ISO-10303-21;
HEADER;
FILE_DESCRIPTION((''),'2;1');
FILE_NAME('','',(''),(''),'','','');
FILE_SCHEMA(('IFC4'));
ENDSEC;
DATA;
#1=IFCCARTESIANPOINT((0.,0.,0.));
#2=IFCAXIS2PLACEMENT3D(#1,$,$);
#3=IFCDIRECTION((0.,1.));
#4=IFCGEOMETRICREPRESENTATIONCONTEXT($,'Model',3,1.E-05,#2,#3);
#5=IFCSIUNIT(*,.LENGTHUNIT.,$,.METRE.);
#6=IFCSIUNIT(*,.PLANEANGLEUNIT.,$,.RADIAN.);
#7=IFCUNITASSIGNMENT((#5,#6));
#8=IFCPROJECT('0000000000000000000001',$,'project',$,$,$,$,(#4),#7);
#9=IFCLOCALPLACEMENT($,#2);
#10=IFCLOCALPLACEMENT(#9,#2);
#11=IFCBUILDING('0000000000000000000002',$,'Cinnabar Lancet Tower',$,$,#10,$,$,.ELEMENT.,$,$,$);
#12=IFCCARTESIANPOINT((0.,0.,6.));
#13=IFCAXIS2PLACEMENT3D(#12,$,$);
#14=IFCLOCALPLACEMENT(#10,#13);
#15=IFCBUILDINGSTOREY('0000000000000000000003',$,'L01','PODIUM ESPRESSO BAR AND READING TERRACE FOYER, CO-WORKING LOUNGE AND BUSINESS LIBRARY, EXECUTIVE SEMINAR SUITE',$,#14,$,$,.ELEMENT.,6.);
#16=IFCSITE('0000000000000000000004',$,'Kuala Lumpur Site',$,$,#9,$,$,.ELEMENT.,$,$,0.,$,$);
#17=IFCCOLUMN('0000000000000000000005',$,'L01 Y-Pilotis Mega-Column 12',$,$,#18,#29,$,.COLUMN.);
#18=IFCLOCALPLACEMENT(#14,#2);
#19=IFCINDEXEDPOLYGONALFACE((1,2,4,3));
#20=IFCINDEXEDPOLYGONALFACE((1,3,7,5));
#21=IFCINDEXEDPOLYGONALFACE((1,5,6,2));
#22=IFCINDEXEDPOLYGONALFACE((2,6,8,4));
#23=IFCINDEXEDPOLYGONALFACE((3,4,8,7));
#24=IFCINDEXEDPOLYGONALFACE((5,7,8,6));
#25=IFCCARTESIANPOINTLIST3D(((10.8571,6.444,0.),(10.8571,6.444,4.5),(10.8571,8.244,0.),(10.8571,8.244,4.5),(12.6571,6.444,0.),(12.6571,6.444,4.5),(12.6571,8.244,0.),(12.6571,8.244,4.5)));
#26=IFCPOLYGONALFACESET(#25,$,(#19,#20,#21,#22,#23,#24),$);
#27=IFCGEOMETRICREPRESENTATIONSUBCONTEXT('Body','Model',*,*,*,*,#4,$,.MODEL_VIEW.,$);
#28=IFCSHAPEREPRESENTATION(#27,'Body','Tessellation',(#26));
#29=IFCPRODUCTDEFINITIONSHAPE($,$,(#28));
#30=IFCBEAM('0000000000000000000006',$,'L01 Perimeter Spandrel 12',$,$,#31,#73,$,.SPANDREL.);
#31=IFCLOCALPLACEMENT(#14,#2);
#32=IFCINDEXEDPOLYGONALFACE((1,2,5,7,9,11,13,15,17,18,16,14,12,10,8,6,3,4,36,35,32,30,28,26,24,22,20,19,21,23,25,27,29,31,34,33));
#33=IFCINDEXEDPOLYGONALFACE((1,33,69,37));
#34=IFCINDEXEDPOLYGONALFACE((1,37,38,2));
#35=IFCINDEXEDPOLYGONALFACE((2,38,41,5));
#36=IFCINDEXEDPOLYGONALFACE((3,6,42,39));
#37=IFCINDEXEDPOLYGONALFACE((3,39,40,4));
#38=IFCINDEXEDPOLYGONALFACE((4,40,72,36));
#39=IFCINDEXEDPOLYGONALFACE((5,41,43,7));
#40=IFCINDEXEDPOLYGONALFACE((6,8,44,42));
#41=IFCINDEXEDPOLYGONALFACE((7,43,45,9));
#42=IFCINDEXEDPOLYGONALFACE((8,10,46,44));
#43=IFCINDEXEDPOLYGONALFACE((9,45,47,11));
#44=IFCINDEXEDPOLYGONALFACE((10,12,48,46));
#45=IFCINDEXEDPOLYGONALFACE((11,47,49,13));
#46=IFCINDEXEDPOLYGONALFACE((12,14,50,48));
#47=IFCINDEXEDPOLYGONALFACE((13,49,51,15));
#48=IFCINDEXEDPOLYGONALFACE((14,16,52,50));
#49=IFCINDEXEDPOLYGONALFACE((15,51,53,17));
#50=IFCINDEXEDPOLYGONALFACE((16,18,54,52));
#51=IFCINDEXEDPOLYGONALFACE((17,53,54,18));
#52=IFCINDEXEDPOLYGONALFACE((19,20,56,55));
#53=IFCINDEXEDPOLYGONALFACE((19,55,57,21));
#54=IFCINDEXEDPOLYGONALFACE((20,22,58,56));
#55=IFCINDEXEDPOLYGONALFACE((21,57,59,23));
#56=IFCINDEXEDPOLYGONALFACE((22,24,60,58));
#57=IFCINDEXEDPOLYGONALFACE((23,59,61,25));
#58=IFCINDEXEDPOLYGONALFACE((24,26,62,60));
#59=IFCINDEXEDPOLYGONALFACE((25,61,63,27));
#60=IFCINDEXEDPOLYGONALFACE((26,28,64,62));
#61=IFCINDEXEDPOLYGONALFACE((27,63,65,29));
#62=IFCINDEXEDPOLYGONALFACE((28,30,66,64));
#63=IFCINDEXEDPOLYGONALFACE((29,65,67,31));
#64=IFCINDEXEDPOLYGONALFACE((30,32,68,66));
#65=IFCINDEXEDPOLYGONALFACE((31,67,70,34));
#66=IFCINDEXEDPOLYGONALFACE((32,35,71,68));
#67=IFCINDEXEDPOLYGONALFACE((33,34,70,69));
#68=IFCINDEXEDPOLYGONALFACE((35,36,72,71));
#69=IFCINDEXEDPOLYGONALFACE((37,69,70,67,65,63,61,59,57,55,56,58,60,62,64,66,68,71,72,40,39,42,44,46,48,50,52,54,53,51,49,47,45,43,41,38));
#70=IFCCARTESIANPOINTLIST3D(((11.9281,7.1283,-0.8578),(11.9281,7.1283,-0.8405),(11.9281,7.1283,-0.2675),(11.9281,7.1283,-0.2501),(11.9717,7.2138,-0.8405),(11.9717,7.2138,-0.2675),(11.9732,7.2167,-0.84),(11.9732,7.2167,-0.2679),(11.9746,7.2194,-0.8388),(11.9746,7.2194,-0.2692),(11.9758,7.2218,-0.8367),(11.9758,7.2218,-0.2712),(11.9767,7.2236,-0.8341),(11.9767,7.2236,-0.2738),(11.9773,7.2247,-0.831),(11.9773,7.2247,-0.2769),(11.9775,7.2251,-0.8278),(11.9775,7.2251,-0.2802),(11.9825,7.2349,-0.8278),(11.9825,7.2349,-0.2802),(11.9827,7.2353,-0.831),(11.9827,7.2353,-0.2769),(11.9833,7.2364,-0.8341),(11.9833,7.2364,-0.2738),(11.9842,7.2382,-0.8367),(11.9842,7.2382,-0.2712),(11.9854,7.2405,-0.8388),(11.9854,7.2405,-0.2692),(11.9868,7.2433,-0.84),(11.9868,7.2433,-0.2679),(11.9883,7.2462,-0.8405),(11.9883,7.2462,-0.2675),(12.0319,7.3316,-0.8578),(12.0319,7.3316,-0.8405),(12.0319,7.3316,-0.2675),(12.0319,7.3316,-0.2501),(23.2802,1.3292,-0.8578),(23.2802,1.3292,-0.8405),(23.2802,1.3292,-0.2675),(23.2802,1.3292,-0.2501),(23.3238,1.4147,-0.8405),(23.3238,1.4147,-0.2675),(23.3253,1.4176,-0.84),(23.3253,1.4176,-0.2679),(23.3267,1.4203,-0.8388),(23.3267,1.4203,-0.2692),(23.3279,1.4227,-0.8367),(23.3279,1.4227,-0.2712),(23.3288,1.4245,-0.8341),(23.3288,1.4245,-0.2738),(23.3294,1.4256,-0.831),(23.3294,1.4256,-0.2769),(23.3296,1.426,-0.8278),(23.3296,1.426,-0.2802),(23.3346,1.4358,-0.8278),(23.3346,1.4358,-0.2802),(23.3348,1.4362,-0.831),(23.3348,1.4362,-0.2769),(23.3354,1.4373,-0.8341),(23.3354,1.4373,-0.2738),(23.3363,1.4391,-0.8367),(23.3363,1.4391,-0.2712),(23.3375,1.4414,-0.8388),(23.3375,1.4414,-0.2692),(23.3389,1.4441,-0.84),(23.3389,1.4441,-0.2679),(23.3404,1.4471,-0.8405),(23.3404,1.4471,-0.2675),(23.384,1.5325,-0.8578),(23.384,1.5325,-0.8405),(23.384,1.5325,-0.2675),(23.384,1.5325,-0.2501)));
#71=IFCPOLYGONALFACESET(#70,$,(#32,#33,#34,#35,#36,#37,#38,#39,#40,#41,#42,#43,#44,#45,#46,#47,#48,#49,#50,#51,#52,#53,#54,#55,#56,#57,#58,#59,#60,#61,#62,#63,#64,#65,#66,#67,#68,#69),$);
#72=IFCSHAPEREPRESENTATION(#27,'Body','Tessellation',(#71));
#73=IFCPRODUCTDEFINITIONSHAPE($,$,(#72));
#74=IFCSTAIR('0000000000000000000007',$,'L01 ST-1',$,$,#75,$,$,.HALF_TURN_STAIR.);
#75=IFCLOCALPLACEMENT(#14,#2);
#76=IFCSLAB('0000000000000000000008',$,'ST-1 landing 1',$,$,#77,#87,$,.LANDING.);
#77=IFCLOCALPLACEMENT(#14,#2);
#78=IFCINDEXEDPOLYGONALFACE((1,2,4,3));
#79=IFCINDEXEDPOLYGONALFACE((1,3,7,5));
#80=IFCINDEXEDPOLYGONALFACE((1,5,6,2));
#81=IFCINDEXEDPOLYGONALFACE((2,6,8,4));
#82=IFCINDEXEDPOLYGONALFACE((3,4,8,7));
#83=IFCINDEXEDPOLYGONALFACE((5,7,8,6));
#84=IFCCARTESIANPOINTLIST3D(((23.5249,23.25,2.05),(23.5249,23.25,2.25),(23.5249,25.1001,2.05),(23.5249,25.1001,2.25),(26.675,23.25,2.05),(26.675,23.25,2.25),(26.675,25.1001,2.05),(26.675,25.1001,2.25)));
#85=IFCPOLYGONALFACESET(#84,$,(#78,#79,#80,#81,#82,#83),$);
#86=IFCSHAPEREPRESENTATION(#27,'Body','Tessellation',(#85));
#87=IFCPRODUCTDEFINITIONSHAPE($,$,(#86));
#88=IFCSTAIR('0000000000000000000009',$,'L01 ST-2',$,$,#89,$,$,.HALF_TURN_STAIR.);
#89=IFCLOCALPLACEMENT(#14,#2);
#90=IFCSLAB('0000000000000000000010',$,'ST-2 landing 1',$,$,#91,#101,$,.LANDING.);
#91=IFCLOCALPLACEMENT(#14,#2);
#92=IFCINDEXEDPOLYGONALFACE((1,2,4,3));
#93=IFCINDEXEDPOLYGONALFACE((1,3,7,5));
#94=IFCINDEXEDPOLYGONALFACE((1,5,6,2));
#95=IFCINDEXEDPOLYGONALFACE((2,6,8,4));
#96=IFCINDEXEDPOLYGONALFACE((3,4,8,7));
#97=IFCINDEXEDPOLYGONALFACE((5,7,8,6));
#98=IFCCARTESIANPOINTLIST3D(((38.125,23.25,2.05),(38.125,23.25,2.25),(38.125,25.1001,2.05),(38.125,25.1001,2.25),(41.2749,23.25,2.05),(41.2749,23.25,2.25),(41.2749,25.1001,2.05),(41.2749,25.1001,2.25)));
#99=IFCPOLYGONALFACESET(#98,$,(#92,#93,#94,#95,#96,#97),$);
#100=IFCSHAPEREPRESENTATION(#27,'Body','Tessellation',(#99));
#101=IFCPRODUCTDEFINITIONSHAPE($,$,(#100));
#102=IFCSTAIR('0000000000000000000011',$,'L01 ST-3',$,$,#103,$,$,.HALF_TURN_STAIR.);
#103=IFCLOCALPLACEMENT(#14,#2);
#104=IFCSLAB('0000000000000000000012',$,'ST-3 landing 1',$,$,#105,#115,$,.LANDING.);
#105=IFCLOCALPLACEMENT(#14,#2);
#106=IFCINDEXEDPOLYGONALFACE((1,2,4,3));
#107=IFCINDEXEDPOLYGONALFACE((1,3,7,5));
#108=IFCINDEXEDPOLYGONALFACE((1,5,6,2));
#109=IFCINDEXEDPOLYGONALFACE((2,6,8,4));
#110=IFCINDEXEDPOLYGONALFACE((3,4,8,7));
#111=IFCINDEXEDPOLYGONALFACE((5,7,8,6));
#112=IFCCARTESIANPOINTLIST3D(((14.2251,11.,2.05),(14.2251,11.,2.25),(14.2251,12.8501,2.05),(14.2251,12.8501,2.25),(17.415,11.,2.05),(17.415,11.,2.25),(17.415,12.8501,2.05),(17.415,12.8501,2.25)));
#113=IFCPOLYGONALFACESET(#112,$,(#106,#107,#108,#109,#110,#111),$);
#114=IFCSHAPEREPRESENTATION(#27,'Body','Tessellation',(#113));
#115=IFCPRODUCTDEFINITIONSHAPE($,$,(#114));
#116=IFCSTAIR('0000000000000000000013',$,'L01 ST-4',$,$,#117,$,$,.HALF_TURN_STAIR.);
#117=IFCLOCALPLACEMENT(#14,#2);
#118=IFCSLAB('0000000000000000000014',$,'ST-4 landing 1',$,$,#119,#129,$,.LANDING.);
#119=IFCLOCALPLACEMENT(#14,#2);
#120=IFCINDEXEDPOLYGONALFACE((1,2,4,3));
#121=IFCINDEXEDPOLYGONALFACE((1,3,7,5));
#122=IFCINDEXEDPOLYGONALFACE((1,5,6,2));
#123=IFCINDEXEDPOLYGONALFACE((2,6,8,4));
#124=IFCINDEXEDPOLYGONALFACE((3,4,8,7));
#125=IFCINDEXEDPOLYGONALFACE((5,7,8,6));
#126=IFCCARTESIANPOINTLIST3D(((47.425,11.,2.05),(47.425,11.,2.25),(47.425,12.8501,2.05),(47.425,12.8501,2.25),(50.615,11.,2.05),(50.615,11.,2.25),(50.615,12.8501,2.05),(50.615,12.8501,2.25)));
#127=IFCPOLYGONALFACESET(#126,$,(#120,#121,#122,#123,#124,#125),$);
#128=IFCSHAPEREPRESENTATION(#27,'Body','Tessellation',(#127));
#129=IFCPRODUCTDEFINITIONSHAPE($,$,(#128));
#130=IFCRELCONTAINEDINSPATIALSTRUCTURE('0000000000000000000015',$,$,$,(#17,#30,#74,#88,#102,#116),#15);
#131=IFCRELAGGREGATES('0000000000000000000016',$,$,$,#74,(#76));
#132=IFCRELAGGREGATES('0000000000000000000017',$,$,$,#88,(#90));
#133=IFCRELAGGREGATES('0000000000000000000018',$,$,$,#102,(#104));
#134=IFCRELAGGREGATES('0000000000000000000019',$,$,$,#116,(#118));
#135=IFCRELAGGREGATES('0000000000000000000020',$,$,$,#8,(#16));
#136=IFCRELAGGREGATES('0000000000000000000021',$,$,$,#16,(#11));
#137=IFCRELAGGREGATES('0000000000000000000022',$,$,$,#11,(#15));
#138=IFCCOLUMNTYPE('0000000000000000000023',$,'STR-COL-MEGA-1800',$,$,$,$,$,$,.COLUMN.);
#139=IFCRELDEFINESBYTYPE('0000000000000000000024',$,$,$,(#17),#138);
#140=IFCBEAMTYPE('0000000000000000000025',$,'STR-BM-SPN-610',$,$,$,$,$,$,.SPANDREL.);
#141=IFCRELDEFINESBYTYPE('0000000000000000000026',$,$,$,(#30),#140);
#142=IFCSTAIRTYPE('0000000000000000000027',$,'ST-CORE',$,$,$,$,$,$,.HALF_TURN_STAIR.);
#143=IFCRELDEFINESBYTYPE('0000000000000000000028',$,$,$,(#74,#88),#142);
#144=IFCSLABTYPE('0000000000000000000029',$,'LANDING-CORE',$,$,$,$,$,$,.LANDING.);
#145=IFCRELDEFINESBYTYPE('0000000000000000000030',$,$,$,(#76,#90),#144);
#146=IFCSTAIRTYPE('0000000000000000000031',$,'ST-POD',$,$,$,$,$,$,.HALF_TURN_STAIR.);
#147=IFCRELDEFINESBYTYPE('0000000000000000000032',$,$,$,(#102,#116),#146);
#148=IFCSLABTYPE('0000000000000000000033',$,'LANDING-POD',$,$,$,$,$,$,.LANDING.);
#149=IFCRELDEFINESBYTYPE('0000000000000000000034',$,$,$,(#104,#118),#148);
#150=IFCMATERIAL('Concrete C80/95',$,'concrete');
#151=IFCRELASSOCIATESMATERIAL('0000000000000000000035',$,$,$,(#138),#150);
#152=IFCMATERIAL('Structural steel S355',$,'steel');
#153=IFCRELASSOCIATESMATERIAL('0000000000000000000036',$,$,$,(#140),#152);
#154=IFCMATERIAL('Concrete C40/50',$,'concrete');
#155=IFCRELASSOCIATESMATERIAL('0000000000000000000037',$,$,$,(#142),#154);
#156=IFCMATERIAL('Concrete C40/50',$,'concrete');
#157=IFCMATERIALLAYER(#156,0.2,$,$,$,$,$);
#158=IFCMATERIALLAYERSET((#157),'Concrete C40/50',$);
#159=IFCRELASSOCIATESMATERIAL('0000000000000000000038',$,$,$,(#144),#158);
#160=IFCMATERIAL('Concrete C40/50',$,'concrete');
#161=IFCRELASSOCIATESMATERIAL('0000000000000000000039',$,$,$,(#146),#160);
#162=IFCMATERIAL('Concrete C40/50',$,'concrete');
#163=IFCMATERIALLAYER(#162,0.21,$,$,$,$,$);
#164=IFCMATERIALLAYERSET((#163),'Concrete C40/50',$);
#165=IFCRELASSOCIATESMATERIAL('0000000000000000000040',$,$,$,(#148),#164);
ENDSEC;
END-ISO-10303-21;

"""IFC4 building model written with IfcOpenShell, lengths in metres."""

from ifc_helpers import new_model, si_unit, direction, frame, origin, origin_2d, place, context, subcontext, project, spatial, polyline, rectangle, i_section, outline, extrude, material, layer, layer_set, material_profile, profile_set, type_object, element, aggregate, save


model = new_model("IFC4")

# Units and contexts
model_context = context("Model", 3, precision=1e-05, world=origin(), true_north=direction((0.0, 1.0)))
body_context = subcontext(model_context, "Body", "Model", "MODEL_VIEW")
ifc_project = project(units=[si_unit("LENGTHUNIT", "METRE"), si_unit("PLANEANGLEUNIT", "RADIAN")], contexts=[model_context])

# Site, building, storey
site_placement = place(None, origin())
site = spatial("IfcSite", under=ifc_project, at=site_placement, Name="Kuala Lumpur Site", CompositionType="ELEMENT", RefElevation=0.0)
building_placement = place(site_placement, origin())
building = spatial("IfcBuilding", under=site, at=building_placement, Name="Cinnabar Lancet Tower", CompositionType="ELEMENT")
storey_placement = place(building_placement, frame((0.0, 0.0, 6.0)))
storey = spatial("IfcBuildingStorey", under=building, at=storey_placement, Name="L01", Description="PODIUM ESPRESSO BAR AND READING TERRACE FOYER, CO-WORKING LOUNGE AND BUSINESS LIBRARY, EXECUTIVE SEMINAR SUITE", CompositionType="ELEMENT", Elevation=6.0)

# Column
ifc_material_1 = material(Name="Concrete C80/95", Category="concrete")
ifc_material_profile_1 = material_profile(ifc_material_1, rectangle(XDim=1.8, YDim=1.8, at=origin_2d()), Name="RC-MEGA 1800x1800")
ifc_profile_set_1 = profile_set([ifc_material_profile_1], Name="Concrete C80/95")
column_type = type_object("IfcColumnType", Name="STR-COL-MEGA-1800", PredefinedType="COLUMN", material=ifc_profile_set_1)
column_placement = place(storey_placement, frame((11.7571, 7.344, 0.0), z_axis=(0.0, 0.0, 1.0), x_axis=(1.0, 0.0, 0.0)))
element("IfcColumn", 1, at=column_placement, inside=storey, type_object=column_type, Name="L01 Y-Pilotis Mega-Column 12", PredefinedType="COLUMN", context=body_context, shape_type="SweptSolid", body=[
    extrude(rectangle(XDim=1.8, YDim=1.8, at=origin_2d()), origin(), (0.0, 0.0, 1.0), 4.5),
])

# Beam
ifc_material_2 = material(Name="Structural steel S355", Category="steel")
ifc_material_profile_2 = material_profile(ifc_material_2, i_section(OverallWidth=0.2283, OverallDepth=0.6077, WebThickness=0.011, FlangeThickness=0.0173, FilletRadius=0.0127, at=origin_2d()), Name="UKB 610x229x113")
ifc_profile_set_2 = profile_set([ifc_material_profile_2], Name="Structural steel S355")
beam_type = type_object("IfcBeamType", Name="STR-BM-SPN-610", PredefinedType="SPANDREL", material=ifc_profile_set_2)
beam_placement = place(storey_placement, frame((11.98, 7.23, -0.554), z_axis=(0.890533, -0.454919, 0.0), x_axis=(0.454919, 0.890533, 0.0)))
element("IfcBeam", 2, at=beam_placement, inside=storey, type_object=beam_type, Name="L01 Perimeter Spandrel 12", PredefinedType="SPANDREL", context=body_context, shape_type="SweptSolid", body=[
    extrude(i_section(OverallWidth=0.2283, OverallDepth=0.6077, WebThickness=0.011, FlangeThickness=0.0173, FilletRadius=0.0127, at=origin_2d()), origin(), (0.0, 0.0, 1.0), 12.7476),
])

# Stairs, slabs
ifc_material_3 = material(Name="Concrete C40/50", Category="concrete")
stair_type_1 = type_object("IfcStairType", Name="ST-CORE", PredefinedType="HALF_TURN_STAIR", material=ifc_material_3)
stair_1_placement = place(storey_placement, origin())
stair_1 = element("IfcStair", 3, at=stair_1_placement, inside=storey, type_object=stair_type_1, Name="L01 ST-1", PredefinedType="HALF_TURN_STAIR")
ifc_material_4 = material(Name="Concrete C40/50", Category="concrete")
ifc_layer_1 = layer(ifc_material_4, 0.2)
ifc_layer_set_1 = layer_set([ifc_layer_1], Name="Concrete C40/50")
slab_type_1 = type_object("IfcSlabType", Name="LANDING-CORE", PredefinedType="LANDING", material=ifc_layer_set_1)
slab_1_placement = place(storey_placement, frame((0.0, 0.0, 2.05)))
slab_1 = element("IfcSlab", 4, at=slab_1_placement, type_object=slab_type_1, Name="ST-1 landing 1", PredefinedType="LANDING", context=body_context, shape_type="SweptSolid", body=[
    extrude(outline(polyline([(23.5249, 25.1001), (23.5249, 23.25), (26.675, 23.25), (26.675, 25.1001), (23.5249, 25.1001)])), origin(), (0.0, 0.0, 1.0), 0.2),
])
aggregate(stair_1, [slab_1])
stair_2_placement = place(storey_placement, origin())
stair_2 = element("IfcStair", 5, at=stair_2_placement, inside=storey, type_object=stair_type_1, Name="L01 ST-2", PredefinedType="HALF_TURN_STAIR")
slab_2_placement = place(storey_placement, frame((0.0, 0.0, 2.05)))
slab_2 = element("IfcSlab", 6, at=slab_2_placement, type_object=slab_type_1, Name="ST-2 landing 1", PredefinedType="LANDING", context=body_context, shape_type="SweptSolid", body=[
    extrude(outline(polyline([(38.125, 25.1001), (38.125, 23.25), (41.2749, 23.25), (41.2749, 25.1001), (38.125, 25.1001)])), origin(), (0.0, 0.0, 1.0), 0.2),
])
aggregate(stair_2, [slab_2])
ifc_material_5 = material(Name="Concrete C40/50", Category="concrete")
stair_type_2 = type_object("IfcStairType", Name="ST-POD", PredefinedType="HALF_TURN_STAIR", material=ifc_material_5)
stair_3_placement = place(storey_placement, origin())
stair_3 = element("IfcStair", 7, at=stair_3_placement, inside=storey, type_object=stair_type_2, Name="L01 ST-3", PredefinedType="HALF_TURN_STAIR")
ifc_material_6 = material(Name="Concrete C40/50", Category="concrete")
ifc_layer_2 = layer(ifc_material_6, 0.21)
ifc_layer_set_2 = layer_set([ifc_layer_2], Name="Concrete C40/50")
slab_type_2 = type_object("IfcSlabType", Name="LANDING-POD", PredefinedType="LANDING", material=ifc_layer_set_2)
slab_3_placement = place(storey_placement, frame((0.0, 0.0, 2.05)))
slab_3 = element("IfcSlab", 8, at=slab_3_placement, type_object=slab_type_2, Name="ST-3 landing 1", PredefinedType="LANDING", context=body_context, shape_type="SweptSolid", body=[
    extrude(outline(polyline([(14.2251, 12.8501), (14.2251, 11.0), (17.415, 11.0), (17.415, 12.8501), (14.2251, 12.8501)])), origin(), (0.0, 0.0, 1.0), 0.2),
])
aggregate(stair_3, [slab_3])
stair_4_placement = place(storey_placement, origin())
stair_4 = element("IfcStair", 9, at=stair_4_placement, inside=storey, type_object=stair_type_2, Name="L01 ST-4", PredefinedType="HALF_TURN_STAIR")
slab_4_placement = place(storey_placement, frame((0.0, 0.0, 2.05)))
slab_4 = element("IfcSlab", 10, at=slab_4_placement, type_object=slab_type_2, Name="ST-4 landing 1", PredefinedType="LANDING", context=body_context, shape_type="SweptSolid", body=[
    extrude(outline(polyline([(47.425, 12.8501), (47.425, 11.0), (50.615, 11.0), (50.615, 12.8501), (47.425, 12.8501)])), origin(), (0.0, 0.0, 1.0), 0.2),
])
aggregate(stair_4, [slab_4])

save(model, "model.ifc")
